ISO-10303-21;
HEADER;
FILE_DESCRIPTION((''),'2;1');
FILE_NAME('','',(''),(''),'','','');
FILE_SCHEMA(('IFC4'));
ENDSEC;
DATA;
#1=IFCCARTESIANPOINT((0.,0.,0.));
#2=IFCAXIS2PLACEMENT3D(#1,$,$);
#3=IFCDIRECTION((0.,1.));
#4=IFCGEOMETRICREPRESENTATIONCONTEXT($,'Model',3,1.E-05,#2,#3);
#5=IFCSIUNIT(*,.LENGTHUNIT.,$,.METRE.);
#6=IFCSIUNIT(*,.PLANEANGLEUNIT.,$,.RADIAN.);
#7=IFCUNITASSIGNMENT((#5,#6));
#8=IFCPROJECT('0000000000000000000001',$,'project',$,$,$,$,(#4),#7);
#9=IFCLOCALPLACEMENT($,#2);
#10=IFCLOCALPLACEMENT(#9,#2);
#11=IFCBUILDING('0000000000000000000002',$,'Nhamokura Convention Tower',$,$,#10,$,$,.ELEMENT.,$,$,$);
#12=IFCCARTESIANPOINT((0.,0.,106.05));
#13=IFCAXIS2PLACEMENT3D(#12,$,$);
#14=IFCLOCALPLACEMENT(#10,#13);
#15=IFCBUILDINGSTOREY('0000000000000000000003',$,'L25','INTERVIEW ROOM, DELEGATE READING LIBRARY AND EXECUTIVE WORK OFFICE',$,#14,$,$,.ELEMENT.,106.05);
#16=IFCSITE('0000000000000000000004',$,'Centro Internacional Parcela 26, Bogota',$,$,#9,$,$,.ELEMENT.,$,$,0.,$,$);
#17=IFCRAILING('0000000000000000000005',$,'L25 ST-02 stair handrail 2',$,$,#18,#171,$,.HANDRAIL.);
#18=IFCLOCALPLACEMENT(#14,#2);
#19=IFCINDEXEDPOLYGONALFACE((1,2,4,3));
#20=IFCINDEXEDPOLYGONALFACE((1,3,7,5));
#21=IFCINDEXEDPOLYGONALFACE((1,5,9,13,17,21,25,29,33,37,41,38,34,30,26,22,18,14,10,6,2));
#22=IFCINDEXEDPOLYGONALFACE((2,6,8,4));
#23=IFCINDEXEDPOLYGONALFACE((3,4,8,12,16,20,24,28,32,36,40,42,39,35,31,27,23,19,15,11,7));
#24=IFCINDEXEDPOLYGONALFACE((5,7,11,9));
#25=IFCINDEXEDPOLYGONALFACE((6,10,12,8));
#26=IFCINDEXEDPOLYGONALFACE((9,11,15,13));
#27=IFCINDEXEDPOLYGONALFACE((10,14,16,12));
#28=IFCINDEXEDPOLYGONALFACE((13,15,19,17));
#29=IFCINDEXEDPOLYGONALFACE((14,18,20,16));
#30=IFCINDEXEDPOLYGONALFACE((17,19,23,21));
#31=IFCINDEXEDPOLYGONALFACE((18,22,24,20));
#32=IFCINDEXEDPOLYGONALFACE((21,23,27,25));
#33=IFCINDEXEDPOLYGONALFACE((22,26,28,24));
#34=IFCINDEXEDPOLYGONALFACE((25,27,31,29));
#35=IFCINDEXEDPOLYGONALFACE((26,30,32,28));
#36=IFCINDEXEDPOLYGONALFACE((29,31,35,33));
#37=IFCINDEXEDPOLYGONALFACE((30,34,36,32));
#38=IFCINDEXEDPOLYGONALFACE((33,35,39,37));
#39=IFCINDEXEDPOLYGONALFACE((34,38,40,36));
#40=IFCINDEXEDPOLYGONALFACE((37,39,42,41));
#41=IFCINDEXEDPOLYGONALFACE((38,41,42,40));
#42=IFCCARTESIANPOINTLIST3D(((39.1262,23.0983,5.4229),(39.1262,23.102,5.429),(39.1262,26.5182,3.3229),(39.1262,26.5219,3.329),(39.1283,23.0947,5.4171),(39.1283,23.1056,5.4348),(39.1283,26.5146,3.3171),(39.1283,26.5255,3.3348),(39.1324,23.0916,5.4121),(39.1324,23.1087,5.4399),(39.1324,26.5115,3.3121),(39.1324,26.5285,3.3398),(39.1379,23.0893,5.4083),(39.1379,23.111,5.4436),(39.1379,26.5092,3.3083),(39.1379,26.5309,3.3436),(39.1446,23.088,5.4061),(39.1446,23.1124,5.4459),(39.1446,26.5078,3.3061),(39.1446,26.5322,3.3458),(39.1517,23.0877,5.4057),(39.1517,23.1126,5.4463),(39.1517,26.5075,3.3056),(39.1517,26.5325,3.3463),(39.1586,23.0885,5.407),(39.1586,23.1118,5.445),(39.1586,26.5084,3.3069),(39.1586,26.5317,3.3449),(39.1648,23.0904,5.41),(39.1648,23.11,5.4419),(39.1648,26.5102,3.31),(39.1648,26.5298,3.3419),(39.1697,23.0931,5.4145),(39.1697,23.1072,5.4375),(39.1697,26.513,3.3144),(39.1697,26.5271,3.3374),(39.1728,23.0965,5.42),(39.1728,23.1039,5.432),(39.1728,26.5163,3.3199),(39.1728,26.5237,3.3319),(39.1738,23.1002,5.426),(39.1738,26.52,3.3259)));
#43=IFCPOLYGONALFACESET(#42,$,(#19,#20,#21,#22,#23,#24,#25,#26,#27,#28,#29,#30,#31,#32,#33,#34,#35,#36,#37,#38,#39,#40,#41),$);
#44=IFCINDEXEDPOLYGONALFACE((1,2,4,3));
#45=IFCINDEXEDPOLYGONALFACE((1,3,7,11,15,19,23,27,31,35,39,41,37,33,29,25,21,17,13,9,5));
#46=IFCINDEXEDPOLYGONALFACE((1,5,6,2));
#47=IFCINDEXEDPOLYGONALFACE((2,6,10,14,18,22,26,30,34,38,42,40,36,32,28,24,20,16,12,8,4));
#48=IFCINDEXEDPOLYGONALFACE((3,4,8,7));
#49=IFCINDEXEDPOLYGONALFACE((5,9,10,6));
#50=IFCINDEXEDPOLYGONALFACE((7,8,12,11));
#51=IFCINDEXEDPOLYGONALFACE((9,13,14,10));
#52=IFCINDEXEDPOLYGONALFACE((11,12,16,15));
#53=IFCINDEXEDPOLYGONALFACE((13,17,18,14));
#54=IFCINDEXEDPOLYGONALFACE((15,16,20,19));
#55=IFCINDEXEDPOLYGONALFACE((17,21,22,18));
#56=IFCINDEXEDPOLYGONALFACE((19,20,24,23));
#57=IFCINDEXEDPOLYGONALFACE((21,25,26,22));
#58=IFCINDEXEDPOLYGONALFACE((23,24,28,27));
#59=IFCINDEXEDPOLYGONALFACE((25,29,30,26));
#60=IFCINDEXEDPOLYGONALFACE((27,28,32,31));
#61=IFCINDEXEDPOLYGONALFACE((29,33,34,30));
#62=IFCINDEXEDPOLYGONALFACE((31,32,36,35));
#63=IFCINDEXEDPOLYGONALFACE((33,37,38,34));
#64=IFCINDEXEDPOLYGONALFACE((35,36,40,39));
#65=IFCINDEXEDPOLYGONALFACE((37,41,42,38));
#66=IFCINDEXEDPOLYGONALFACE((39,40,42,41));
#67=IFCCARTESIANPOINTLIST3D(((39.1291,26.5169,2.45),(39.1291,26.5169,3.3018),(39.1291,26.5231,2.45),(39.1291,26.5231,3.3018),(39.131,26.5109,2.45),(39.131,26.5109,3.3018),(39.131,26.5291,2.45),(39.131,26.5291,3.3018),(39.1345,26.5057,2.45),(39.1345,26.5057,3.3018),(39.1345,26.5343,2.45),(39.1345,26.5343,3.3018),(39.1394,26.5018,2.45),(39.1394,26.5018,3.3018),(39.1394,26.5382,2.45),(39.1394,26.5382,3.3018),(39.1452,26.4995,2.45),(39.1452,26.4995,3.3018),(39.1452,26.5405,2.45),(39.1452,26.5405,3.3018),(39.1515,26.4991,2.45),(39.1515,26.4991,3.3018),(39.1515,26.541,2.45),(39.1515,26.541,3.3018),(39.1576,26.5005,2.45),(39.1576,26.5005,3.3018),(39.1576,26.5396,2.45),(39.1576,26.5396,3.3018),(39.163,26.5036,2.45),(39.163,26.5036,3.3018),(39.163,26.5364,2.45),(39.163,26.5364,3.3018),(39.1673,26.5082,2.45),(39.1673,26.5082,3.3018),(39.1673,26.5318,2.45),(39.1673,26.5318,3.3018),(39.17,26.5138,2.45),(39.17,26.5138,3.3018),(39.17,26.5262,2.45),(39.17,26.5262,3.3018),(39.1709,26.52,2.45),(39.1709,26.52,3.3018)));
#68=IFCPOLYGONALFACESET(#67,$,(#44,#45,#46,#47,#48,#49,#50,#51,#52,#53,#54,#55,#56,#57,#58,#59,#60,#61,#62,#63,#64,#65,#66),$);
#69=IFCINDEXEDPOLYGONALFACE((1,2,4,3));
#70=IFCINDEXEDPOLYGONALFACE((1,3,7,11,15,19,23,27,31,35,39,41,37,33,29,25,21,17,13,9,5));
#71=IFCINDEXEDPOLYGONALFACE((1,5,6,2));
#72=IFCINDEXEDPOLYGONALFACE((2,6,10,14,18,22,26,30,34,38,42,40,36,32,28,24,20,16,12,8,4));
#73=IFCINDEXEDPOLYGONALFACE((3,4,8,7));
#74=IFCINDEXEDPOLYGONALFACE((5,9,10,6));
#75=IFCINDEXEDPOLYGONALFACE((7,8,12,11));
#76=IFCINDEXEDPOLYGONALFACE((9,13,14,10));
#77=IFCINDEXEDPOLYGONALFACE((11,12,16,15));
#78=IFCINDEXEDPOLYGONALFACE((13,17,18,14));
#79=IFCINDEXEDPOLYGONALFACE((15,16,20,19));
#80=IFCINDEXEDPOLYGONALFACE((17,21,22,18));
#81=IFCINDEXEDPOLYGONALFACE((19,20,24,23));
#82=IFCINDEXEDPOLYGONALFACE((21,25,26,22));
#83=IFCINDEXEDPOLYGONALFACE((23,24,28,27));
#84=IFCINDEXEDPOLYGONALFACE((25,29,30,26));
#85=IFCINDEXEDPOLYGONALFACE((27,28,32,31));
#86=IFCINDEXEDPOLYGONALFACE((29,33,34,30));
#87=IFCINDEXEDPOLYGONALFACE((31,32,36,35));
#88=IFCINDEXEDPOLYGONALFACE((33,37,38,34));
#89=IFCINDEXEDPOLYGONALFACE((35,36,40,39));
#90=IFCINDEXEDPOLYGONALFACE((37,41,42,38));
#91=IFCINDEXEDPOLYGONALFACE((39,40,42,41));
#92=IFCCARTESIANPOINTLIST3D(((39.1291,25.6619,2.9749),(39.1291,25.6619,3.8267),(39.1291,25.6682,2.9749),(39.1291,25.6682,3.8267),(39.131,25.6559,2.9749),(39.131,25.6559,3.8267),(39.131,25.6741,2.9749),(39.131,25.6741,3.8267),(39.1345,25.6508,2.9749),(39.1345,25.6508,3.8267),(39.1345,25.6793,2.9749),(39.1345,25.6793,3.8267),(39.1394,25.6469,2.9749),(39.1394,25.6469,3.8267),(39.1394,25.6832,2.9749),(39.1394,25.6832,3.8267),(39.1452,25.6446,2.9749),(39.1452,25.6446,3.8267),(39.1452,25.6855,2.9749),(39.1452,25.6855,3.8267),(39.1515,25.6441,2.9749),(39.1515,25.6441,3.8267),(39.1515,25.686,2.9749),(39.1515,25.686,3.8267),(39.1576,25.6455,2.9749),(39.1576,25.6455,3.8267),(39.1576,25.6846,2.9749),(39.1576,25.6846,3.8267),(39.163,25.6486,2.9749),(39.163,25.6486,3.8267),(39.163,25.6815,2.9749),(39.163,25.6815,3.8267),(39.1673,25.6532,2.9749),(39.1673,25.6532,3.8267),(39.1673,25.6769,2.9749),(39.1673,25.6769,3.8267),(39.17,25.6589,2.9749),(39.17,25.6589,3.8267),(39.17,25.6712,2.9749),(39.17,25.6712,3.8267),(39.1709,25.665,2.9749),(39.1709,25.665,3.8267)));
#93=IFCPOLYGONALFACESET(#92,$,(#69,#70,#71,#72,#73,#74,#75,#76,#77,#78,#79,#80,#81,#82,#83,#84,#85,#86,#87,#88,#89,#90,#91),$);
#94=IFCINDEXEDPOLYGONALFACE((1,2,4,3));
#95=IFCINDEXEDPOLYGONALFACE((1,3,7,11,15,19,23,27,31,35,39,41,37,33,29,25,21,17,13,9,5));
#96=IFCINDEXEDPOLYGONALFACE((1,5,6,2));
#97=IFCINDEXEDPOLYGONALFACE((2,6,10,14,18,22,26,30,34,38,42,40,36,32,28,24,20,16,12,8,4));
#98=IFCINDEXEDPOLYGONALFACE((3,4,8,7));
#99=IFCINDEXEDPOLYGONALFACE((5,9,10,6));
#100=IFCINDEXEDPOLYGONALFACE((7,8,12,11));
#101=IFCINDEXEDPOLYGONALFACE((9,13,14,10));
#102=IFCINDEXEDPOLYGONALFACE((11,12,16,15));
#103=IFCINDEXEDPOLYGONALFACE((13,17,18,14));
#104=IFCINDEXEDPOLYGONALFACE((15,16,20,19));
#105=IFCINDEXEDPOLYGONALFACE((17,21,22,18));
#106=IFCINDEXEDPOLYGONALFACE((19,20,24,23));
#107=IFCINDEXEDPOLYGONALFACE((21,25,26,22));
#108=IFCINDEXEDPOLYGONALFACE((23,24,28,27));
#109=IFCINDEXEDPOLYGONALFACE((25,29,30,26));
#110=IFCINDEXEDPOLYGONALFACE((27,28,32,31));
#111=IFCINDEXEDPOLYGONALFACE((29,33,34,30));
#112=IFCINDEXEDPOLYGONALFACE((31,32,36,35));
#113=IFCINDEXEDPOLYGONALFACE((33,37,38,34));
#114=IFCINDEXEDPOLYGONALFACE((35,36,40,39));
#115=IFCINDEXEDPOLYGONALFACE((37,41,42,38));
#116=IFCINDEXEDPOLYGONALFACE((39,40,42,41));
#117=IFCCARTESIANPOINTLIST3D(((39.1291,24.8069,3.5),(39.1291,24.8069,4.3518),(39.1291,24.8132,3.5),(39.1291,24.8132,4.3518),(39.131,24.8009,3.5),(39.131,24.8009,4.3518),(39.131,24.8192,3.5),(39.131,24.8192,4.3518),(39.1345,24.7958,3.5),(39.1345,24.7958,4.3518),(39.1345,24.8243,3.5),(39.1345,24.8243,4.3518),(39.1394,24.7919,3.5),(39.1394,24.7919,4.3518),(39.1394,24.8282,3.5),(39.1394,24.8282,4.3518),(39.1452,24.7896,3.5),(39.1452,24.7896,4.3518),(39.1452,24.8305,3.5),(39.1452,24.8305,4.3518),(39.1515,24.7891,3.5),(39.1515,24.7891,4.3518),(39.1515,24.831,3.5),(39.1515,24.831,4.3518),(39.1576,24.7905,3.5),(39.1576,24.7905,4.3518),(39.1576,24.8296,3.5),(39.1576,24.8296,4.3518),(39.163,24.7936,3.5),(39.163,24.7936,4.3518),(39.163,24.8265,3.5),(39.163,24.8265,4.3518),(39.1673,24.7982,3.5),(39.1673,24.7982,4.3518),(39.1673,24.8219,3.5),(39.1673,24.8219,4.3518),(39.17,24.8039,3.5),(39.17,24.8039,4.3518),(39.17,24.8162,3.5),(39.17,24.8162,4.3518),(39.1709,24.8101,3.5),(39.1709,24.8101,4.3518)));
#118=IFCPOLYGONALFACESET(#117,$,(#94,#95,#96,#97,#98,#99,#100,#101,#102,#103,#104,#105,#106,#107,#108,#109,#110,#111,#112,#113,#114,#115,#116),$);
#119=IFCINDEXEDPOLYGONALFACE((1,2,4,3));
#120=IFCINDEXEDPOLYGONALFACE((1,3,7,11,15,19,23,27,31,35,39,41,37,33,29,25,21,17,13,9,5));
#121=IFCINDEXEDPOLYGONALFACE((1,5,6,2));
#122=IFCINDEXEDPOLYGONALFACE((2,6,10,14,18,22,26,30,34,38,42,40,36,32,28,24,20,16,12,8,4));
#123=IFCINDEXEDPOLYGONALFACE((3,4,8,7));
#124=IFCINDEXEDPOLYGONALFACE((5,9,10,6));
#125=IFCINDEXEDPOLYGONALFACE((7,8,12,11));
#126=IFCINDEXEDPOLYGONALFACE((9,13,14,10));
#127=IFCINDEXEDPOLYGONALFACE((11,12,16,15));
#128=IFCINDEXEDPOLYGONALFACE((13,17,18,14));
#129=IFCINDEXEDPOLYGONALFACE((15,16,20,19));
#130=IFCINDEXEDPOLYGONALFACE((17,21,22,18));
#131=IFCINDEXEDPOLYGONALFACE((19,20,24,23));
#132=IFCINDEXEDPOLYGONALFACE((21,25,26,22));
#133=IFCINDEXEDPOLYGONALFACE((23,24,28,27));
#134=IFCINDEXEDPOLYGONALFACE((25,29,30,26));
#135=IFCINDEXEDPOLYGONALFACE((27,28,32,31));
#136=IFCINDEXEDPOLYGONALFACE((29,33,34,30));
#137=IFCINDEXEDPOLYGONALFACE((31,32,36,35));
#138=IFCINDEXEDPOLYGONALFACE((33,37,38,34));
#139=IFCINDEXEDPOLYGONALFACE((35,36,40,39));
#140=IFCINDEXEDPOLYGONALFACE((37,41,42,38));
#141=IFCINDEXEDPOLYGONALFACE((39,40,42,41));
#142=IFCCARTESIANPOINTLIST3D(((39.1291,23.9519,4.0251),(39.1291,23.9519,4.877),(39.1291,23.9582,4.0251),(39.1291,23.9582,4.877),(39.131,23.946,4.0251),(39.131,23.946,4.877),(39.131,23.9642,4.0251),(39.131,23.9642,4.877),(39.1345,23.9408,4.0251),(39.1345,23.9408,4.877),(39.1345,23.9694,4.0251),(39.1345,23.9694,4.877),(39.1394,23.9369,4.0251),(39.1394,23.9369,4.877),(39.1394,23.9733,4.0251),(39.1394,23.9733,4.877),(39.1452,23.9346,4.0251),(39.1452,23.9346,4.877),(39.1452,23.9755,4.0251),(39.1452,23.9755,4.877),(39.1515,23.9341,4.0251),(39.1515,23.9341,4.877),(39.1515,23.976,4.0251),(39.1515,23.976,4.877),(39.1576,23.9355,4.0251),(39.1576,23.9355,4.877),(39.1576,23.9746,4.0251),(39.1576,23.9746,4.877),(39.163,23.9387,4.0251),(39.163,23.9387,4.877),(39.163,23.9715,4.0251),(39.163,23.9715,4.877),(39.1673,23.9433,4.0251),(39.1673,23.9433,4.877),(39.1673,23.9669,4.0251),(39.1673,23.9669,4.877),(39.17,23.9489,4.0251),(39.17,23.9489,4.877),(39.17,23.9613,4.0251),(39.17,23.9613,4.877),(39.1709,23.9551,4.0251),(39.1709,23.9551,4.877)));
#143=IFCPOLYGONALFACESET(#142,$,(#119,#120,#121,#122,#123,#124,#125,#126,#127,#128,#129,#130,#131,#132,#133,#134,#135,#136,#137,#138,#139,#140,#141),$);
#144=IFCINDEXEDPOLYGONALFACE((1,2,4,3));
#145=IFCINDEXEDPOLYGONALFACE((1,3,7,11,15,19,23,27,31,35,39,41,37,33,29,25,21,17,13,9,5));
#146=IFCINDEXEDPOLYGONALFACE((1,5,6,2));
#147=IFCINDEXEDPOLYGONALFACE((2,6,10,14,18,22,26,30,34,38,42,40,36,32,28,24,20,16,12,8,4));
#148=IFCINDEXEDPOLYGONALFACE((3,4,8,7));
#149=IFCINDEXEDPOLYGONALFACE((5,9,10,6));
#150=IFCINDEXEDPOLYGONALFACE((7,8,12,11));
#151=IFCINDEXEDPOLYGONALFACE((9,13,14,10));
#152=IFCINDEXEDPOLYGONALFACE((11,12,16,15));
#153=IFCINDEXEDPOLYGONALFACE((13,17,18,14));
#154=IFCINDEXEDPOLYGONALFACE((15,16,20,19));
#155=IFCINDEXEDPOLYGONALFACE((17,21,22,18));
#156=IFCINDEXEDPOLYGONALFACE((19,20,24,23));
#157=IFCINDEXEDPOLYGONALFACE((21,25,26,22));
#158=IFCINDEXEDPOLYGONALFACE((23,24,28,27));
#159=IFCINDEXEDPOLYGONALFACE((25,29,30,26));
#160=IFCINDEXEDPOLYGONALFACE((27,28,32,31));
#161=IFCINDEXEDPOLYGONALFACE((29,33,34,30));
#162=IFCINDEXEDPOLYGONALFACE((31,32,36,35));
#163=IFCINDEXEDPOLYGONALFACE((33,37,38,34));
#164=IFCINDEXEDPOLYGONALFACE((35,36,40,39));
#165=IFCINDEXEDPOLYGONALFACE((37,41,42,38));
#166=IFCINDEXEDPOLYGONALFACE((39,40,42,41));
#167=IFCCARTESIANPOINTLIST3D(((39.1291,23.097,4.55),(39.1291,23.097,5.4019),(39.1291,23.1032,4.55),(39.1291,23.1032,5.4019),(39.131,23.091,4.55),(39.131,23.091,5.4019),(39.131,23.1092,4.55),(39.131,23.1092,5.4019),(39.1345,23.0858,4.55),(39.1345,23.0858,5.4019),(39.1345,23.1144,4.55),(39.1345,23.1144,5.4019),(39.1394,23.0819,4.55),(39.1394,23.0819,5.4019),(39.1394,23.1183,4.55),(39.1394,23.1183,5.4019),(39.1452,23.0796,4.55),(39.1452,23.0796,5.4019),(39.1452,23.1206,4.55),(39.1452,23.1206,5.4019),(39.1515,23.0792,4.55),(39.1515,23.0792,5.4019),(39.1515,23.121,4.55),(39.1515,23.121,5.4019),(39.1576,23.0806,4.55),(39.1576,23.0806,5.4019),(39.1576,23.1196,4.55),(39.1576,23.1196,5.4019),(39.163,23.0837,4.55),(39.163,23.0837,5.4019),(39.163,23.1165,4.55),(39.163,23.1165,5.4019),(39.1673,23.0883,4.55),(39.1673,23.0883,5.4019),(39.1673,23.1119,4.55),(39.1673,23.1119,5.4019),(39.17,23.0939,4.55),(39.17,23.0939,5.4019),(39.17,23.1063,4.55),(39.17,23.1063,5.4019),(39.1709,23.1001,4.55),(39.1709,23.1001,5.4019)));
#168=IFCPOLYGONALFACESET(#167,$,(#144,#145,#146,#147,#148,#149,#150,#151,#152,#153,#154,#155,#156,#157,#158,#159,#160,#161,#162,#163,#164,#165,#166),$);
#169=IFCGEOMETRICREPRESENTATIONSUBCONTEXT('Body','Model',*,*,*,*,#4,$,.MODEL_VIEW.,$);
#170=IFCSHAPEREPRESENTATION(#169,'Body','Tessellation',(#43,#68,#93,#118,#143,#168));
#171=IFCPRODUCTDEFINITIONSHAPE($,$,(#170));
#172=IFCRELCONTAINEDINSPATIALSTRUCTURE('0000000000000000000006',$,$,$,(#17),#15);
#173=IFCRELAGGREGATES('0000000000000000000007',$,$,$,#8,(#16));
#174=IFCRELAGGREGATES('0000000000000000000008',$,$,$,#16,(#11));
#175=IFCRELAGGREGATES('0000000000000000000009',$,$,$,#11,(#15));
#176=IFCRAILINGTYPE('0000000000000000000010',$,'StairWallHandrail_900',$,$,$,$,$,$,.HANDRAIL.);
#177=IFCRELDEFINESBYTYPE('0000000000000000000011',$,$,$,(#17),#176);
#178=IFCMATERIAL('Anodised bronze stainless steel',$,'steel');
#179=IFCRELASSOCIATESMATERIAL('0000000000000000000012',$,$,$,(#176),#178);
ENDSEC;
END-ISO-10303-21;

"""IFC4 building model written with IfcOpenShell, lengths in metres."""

from ifc_helpers import new_model, si_unit, direction, frame, origin, origin_2d, place, context, subcontext, project, spatial, circle, extrude, material, type_object, element, save


model = new_model("IFC4")

# Units and contexts
model_context = context("Model", 3, precision=1e-05, world=origin(), true_north=direction((0.0, 1.0)))
body_context = subcontext(model_context, "Body", "Model", "MODEL_VIEW")
ifc_project = project(units=[si_unit("LENGTHUNIT", "METRE"), si_unit("PLANEANGLEUNIT", "RADIAN")], contexts=[model_context])

# Site, building, storey
site_placement = place(None, origin())
site = spatial("IfcSite", under=ifc_project, at=site_placement, Name="Centro Internacional Parcela 26, Bogota", CompositionType="ELEMENT", RefElevation=0.0)
building_placement = place(site_placement, origin())
building = spatial("IfcBuilding", under=site, at=building_placement, Name="Nhamokura Convention Tower", CompositionType="ELEMENT")
storey_placement = place(building_placement, frame((0.0, 0.0, 106.05)))
storey = spatial("IfcBuildingStorey", under=building, at=storey_placement, Name="L25", Description="INTERVIEW ROOM, DELEGATE READING LIBRARY AND EXECUTIVE WORK OFFICE", CompositionType="ELEMENT", Elevation=106.05)

# Railing
ifc_material_1 = material(Name="Anodised bronze stainless steel", Category="steel")
railing_type_1 = type_object("IfcRailingType", Name="StairWallHandrail_900", PredefinedType="HANDRAIL", material=ifc_material_1)
railing_1_placement = place(storey_placement, frame((39.1499, 26.52, 2.45)))
element("IfcRailing", 1, at=railing_1_placement, inside=storey, type_object=railing_type_1, Name="L25 ST-02 stair handrail 2", PredefinedType="HANDRAIL", context=body_context, shape_type="SweptSolid", body=[
    extrude(circle(Radius=0.0239, at=origin_2d()), frame((0.0, 0.0, 0.876), z_axis=(0.0, -0.852155, 0.523289), x_axis=(1.0, 0.0, 0.0)), (0.0, 0.0, 1.0), 4.0132),
    extrude(circle(Radius=0.021, at=origin_2d()), origin(), (0.0, 0.0, 1.0), 0.8518),
    extrude(circle(Radius=0.021, at=origin_2d()), frame((0.0, -0.855, 0.5249)), (0.0, 0.0, 1.0), 0.8518),
    extrude(circle(Radius=0.021, at=origin_2d()), frame((0.0, -1.71, 1.05)), (0.0, 0.0, 1.0), 0.8518),
    extrude(circle(Radius=0.021, at=origin_2d()), frame((0.0, -2.5649, 1.5752)), (0.0, 0.0, 1.0), 0.8518),
    extrude(circle(Radius=0.021, at=origin_2d()), frame((0.0, -3.4199, 2.1001)), (0.0, 0.0, 1.0), 0.8518),
])

save(model, "model.ifc")
